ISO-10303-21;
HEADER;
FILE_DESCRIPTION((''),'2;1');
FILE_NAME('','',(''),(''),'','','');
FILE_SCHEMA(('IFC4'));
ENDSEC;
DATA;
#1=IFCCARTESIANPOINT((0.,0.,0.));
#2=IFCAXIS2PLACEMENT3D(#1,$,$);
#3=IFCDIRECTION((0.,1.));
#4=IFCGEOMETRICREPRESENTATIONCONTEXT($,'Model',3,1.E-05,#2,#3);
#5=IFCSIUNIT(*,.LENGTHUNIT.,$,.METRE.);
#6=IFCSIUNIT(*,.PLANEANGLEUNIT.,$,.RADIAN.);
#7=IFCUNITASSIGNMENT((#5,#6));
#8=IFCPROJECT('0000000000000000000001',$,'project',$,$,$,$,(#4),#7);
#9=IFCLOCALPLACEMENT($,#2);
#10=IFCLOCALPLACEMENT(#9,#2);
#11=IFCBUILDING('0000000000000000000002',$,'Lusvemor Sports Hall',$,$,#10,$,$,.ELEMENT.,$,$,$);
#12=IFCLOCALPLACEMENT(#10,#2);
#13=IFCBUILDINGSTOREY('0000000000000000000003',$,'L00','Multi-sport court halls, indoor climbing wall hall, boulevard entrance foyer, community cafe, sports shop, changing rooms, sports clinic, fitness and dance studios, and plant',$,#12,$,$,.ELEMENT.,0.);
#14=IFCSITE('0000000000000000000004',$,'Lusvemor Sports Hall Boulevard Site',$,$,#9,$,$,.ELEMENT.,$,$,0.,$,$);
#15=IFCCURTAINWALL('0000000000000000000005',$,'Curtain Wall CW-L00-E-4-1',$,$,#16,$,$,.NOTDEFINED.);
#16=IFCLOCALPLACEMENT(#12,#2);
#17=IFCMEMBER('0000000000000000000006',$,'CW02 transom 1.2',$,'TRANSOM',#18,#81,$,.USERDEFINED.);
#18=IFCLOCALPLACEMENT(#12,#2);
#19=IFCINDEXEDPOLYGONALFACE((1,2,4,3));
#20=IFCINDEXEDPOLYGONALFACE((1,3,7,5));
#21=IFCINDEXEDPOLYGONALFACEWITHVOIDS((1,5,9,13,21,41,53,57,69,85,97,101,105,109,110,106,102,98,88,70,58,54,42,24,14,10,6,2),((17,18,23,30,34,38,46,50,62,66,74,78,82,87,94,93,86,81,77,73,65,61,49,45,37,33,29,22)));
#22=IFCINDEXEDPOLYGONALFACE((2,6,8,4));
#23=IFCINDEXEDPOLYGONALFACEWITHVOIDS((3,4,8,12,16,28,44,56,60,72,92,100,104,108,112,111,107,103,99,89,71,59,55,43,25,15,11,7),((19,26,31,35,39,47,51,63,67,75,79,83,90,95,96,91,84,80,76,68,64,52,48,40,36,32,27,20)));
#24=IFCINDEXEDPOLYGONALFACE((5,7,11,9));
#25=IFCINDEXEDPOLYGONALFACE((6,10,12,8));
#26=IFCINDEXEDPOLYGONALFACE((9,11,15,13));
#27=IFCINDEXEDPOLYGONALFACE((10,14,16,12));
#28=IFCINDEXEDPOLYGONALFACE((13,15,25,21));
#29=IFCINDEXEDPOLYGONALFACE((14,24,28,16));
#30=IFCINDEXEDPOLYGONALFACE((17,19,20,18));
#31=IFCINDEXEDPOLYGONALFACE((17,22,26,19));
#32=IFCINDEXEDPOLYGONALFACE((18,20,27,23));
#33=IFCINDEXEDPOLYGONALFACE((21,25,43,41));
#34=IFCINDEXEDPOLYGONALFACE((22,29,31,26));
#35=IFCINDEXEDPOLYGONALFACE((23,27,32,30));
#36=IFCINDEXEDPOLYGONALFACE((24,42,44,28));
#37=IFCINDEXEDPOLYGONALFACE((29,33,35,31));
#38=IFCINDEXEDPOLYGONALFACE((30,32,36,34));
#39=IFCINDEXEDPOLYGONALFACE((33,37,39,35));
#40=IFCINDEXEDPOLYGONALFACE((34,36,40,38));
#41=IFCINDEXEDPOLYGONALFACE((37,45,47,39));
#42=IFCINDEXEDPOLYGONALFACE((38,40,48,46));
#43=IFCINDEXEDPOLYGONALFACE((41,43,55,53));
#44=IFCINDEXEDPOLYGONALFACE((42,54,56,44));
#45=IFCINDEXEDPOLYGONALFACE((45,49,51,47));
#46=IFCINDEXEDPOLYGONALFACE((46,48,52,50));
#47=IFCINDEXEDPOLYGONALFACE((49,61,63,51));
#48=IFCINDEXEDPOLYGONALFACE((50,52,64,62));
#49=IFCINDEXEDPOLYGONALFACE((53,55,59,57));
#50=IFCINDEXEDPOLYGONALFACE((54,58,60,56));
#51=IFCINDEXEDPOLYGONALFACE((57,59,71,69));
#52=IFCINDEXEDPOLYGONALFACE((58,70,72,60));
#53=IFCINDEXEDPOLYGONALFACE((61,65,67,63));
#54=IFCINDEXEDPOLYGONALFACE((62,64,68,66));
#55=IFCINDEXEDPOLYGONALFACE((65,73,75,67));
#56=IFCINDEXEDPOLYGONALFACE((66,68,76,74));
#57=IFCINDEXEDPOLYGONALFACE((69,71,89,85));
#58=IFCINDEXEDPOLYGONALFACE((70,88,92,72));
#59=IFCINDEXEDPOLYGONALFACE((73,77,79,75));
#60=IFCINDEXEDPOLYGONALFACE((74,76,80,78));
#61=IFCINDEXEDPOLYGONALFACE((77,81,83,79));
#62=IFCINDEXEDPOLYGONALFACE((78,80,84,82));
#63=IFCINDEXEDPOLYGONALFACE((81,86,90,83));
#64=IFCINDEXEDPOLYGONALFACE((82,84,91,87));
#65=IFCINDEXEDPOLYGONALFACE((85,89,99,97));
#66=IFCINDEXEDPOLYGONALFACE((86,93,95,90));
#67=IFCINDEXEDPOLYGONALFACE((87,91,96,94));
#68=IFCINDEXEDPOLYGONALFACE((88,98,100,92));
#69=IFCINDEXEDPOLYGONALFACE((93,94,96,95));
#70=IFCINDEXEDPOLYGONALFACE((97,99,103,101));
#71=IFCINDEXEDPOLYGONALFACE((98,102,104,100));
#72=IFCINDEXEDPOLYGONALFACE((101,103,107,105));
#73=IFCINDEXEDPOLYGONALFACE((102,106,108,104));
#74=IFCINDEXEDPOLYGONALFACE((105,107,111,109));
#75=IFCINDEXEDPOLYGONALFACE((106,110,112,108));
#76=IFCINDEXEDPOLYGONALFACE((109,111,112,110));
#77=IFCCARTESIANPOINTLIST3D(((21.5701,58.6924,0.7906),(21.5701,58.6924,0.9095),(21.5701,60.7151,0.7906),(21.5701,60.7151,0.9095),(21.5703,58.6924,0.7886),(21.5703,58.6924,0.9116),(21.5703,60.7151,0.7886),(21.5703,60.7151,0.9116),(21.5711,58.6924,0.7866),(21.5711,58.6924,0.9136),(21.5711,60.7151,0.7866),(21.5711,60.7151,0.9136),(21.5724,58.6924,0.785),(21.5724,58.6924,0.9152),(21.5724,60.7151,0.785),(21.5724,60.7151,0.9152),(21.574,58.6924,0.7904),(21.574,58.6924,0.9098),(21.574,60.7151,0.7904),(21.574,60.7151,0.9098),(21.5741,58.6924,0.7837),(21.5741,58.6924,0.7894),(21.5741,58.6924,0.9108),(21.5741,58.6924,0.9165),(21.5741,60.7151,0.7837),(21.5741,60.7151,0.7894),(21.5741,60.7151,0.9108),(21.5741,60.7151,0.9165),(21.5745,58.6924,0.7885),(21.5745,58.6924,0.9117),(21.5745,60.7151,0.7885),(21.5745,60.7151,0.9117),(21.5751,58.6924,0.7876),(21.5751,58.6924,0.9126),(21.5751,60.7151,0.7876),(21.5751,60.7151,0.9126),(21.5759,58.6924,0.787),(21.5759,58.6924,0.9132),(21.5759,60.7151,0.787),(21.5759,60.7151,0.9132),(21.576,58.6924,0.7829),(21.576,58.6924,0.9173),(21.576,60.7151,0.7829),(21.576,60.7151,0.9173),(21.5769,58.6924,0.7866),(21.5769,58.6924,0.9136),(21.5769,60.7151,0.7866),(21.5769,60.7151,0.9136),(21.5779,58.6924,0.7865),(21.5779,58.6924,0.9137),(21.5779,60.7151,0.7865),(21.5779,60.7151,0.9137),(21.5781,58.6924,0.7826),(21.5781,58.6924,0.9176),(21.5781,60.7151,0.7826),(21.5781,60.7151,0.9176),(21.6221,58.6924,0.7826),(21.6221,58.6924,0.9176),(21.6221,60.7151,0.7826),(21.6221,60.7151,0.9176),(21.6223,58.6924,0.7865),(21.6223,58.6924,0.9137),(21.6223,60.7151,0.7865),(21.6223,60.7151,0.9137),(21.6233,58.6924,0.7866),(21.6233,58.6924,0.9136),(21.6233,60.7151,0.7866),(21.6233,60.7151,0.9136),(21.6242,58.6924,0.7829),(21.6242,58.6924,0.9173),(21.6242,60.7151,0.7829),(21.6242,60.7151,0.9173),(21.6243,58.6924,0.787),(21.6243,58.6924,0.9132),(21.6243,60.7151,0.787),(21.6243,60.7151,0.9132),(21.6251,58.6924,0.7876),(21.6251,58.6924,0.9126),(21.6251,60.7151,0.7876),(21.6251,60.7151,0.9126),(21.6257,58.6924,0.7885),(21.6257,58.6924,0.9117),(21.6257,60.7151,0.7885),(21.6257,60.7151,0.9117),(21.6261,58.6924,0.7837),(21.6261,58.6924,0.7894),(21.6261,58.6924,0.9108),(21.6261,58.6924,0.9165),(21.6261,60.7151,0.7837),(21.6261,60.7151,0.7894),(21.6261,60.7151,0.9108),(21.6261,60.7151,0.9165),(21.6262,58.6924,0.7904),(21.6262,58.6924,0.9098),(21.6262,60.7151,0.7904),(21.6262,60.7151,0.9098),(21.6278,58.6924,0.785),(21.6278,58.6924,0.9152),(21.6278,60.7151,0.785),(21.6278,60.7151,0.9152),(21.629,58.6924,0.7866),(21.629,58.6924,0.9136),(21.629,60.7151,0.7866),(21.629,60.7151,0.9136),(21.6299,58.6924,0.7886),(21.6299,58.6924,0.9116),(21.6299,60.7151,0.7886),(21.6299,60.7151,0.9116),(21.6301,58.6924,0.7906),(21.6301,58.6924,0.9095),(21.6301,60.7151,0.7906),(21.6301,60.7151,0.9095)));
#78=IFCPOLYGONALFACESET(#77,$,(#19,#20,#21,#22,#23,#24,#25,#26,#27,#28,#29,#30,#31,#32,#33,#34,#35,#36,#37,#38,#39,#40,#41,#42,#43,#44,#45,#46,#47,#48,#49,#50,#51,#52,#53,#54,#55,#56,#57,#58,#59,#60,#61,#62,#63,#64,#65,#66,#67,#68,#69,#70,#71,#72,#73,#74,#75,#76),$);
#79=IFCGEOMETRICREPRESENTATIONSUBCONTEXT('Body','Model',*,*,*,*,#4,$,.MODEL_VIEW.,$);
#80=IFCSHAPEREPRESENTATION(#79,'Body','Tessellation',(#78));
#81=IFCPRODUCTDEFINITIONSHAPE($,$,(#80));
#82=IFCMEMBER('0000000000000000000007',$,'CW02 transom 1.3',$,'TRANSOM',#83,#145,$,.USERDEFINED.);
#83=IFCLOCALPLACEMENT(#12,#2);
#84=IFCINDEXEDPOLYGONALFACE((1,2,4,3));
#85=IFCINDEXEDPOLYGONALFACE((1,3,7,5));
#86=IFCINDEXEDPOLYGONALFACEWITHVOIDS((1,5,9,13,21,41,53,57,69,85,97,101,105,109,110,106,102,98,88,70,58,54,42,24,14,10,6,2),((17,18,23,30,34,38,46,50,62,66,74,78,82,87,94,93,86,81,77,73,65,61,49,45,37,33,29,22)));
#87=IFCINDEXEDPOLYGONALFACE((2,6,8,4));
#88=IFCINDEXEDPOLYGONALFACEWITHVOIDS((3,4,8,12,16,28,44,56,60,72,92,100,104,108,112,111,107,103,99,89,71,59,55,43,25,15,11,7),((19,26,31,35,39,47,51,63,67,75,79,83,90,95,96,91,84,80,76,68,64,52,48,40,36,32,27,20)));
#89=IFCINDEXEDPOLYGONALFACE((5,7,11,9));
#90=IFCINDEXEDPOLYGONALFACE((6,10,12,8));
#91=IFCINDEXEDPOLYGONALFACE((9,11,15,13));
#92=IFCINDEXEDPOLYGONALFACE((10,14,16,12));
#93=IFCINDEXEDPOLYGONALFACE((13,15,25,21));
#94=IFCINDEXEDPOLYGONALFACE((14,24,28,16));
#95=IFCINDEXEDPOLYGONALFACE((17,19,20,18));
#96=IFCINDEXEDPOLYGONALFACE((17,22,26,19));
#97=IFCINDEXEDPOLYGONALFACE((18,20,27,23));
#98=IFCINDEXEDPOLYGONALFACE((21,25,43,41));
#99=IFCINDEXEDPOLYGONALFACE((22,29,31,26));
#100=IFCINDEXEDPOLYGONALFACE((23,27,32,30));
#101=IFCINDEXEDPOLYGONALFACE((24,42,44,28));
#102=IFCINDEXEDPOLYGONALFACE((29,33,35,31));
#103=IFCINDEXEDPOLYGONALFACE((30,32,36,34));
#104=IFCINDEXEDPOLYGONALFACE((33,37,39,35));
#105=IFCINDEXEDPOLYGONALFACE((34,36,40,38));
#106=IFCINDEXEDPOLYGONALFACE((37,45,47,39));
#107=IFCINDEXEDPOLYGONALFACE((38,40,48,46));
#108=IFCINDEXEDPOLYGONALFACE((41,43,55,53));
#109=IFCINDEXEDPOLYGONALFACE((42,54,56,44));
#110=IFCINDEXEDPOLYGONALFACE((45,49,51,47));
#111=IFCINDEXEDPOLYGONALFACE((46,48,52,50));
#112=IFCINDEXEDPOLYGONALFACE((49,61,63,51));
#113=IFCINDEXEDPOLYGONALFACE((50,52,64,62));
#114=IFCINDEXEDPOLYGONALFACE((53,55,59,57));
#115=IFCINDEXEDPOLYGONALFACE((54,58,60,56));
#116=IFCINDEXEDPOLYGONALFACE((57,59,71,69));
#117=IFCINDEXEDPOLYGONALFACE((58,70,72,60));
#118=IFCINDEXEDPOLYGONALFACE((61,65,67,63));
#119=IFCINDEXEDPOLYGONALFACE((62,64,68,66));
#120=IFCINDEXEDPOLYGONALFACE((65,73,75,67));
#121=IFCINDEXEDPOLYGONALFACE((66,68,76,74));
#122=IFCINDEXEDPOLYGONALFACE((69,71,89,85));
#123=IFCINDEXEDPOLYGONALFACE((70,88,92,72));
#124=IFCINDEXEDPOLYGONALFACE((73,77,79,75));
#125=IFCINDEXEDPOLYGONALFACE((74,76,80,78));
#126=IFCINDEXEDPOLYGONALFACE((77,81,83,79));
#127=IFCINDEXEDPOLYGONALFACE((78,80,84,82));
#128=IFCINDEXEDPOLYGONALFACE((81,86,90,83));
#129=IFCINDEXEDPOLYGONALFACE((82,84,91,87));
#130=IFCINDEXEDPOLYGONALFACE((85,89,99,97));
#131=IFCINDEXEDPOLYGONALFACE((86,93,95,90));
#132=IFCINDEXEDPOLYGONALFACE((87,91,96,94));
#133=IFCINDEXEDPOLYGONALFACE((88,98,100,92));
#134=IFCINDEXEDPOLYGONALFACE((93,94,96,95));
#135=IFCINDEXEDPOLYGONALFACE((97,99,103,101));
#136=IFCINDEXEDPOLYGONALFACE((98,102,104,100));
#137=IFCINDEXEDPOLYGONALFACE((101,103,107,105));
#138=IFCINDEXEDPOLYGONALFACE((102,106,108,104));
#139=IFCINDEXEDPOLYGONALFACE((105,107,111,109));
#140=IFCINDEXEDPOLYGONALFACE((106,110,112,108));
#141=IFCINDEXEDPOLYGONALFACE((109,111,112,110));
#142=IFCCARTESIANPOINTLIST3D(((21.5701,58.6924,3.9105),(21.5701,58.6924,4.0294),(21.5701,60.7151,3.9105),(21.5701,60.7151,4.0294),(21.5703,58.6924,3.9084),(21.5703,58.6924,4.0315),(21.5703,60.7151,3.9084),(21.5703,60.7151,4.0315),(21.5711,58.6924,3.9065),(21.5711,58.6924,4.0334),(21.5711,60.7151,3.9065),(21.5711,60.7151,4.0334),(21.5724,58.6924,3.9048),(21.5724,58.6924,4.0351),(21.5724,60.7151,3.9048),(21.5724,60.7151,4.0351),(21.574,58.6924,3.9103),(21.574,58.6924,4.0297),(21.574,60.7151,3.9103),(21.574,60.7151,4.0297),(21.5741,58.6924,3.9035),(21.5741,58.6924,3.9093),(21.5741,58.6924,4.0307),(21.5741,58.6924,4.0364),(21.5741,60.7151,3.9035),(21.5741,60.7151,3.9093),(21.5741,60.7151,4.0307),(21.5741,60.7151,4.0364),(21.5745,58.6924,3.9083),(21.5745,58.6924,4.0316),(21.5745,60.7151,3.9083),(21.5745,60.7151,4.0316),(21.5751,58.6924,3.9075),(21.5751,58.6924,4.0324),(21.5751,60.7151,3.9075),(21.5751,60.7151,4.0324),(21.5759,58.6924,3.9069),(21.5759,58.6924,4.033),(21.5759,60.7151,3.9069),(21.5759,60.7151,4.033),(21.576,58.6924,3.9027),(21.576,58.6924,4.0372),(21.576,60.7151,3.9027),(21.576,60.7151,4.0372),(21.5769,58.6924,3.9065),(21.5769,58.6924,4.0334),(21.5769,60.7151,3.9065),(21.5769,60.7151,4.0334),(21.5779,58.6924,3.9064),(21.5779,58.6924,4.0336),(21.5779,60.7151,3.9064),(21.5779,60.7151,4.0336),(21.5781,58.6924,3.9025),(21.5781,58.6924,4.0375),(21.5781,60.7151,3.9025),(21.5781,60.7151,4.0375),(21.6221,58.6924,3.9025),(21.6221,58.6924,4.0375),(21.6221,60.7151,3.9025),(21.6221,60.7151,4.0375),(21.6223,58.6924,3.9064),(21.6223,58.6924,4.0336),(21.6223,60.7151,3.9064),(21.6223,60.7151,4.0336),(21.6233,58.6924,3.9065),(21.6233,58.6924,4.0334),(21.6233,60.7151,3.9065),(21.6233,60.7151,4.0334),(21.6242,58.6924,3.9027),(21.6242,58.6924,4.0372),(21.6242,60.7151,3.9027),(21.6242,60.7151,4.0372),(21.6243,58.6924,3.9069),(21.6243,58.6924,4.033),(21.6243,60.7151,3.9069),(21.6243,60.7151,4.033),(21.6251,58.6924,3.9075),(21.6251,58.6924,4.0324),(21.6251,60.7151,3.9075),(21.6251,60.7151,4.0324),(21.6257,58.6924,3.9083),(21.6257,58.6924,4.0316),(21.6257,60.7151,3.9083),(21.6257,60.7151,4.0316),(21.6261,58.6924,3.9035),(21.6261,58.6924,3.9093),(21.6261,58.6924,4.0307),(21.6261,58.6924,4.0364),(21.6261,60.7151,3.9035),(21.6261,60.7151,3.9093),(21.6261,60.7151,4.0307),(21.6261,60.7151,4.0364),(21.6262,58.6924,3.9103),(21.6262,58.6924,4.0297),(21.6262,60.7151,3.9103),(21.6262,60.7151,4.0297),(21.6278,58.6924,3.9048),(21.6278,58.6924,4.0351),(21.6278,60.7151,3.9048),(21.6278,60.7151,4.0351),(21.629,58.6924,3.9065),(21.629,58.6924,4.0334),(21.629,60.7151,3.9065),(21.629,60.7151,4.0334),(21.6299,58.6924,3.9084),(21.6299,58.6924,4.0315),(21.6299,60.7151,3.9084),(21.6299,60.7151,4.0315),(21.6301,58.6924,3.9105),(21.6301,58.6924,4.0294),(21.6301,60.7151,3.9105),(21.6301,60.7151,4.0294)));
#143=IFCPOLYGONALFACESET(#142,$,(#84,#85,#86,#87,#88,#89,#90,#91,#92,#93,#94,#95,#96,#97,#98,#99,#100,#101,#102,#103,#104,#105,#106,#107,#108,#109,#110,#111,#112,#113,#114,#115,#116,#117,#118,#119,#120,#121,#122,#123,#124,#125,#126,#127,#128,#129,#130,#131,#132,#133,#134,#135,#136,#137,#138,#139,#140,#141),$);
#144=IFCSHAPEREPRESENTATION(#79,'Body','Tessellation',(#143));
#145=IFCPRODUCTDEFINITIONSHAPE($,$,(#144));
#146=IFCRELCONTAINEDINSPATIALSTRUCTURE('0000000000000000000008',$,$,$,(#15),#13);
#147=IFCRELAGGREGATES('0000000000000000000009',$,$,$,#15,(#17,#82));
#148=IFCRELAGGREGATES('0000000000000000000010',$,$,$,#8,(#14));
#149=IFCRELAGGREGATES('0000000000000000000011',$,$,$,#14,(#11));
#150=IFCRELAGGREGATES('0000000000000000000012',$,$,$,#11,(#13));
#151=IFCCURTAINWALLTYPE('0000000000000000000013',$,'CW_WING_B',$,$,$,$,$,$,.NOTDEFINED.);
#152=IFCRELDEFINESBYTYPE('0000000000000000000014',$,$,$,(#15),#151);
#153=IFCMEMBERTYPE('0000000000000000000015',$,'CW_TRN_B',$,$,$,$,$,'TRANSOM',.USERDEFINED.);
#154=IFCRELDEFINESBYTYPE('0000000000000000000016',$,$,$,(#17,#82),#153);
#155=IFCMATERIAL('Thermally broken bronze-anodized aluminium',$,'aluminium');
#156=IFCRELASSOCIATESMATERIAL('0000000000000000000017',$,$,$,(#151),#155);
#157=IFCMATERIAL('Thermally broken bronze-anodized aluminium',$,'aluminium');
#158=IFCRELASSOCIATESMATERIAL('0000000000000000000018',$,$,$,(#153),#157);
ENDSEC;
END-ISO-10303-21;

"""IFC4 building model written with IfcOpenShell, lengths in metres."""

from ifc_helpers import new_model, si_unit, direction, frame, origin, origin_2d, place, context, subcontext, project, spatial, hollow_rectangle, extrude, material, material_profile, profile_set, type_object, element, aggregate, save


model = new_model("IFC4")

# Units and contexts
model_context = context("Model", 3, precision=1e-05, world=origin(), true_north=direction((0.0, 1.0)))
body_context = subcontext(model_context, "Body", "Model", "MODEL_VIEW")
ifc_project = project(units=[si_unit("LENGTHUNIT", "METRE"), si_unit("PLANEANGLEUNIT", "RADIAN")], contexts=[model_context])

# Site, building, storey
site_placement = place(None, origin())
site = spatial("IfcSite", under=ifc_project, at=site_placement, Name="Lusvemor Sports Hall Boulevard Site", CompositionType="ELEMENT", RefElevation=0.0)
building_placement = place(site_placement, origin())
building = spatial("IfcBuilding", under=site, at=building_placement, Name="Lusvemor Sports Hall", CompositionType="ELEMENT")
storey_placement = place(building_placement, origin())
storey = spatial("IfcBuildingStorey", under=building, at=storey_placement, Name="L00", Description="Multi-sport court halls, indoor climbing wall hall, boulevard entrance foyer, community cafe, sports shop, changing rooms, sports clinic, fitness and dance studios, and plant", CompositionType="ELEMENT", Elevation=0.0)

# Curtain wall
ifc_material_1 = material(Name="Thermally broken bronze-anodized aluminium", Category="aluminium")
curtain_wall_type = type_object("IfcCurtainWallType", Name="CW_WING_B", PredefinedType="NOTDEFINED", material=ifc_material_1)
curtain_wall_1_placement = place(storey_placement, origin())
curtain_wall_1 = element("IfcCurtainWall", 1, at=curtain_wall_1_placement, inside=storey, type_object=curtain_wall_type, Name="Curtain Wall CW-L00-E-4-1", PredefinedType="NOTDEFINED")

# Members
ifc_material_2 = material(Name="Thermally broken bronze-anodized aluminium", Category="aluminium")
ifc_material_profile_1 = material_profile(ifc_material_2, hollow_rectangle(XDim=0.0601, YDim=0.135, WallThickness=0.0039, InnerFilletRadius=0.0039, OuterFilletRadius=0.0081, at=origin_2d()), Name="CWTRN135x60x4")
ifc_profile_set_1 = profile_set([ifc_material_profile_1], Name="Thermally broken bronze-anodized aluminium")
member_type_1 = type_object("IfcMemberType", Name="CW_TRN_B", ElementType="TRANSOM", PredefinedType="USERDEFINED", material=ifc_profile_set_1)
member_1_placement = place(storey_placement, frame((21.6001, 60.7151, 0.8501), z_axis=(0.0, -1.0, 0.0), x_axis=(1.0, 0.0, 0.0)))
member_1 = element("IfcMember", 2, at=member_1_placement, type_object=member_type_1, Name="CW02 transom 1.2", ObjectType="TRANSOM", PredefinedType="USERDEFINED", context=body_context, shape_type="SweptSolid", body=[
    extrude(hollow_rectangle(XDim=0.0601, YDim=0.135, WallThickness=0.0039, InnerFilletRadius=0.0039, OuterFilletRadius=0.0081, at=origin_2d()), origin(), (0.0, 0.0, 1.0), 2.0227),
])
member_2_placement = place(storey_placement, frame((21.6001, 60.7151, 3.97), z_axis=(0.0, -1.0, 0.0), x_axis=(1.0, 0.0, 0.0)))
member_2 = element("IfcMember", 3, at=member_2_placement, type_object=member_type_1, Name="CW02 transom 1.3", ObjectType="TRANSOM", PredefinedType="USERDEFINED", context=body_context, shape_type="SweptSolid", body=[
    extrude(hollow_rectangle(XDim=0.0601, YDim=0.135, WallThickness=0.0039, InnerFilletRadius=0.0039, OuterFilletRadius=0.0081, at=origin_2d()), origin(), (0.0, 0.0, 1.0), 2.0227),
])
aggregate(curtain_wall_1, [member_1, member_2])

save(model, "model.ifc")
